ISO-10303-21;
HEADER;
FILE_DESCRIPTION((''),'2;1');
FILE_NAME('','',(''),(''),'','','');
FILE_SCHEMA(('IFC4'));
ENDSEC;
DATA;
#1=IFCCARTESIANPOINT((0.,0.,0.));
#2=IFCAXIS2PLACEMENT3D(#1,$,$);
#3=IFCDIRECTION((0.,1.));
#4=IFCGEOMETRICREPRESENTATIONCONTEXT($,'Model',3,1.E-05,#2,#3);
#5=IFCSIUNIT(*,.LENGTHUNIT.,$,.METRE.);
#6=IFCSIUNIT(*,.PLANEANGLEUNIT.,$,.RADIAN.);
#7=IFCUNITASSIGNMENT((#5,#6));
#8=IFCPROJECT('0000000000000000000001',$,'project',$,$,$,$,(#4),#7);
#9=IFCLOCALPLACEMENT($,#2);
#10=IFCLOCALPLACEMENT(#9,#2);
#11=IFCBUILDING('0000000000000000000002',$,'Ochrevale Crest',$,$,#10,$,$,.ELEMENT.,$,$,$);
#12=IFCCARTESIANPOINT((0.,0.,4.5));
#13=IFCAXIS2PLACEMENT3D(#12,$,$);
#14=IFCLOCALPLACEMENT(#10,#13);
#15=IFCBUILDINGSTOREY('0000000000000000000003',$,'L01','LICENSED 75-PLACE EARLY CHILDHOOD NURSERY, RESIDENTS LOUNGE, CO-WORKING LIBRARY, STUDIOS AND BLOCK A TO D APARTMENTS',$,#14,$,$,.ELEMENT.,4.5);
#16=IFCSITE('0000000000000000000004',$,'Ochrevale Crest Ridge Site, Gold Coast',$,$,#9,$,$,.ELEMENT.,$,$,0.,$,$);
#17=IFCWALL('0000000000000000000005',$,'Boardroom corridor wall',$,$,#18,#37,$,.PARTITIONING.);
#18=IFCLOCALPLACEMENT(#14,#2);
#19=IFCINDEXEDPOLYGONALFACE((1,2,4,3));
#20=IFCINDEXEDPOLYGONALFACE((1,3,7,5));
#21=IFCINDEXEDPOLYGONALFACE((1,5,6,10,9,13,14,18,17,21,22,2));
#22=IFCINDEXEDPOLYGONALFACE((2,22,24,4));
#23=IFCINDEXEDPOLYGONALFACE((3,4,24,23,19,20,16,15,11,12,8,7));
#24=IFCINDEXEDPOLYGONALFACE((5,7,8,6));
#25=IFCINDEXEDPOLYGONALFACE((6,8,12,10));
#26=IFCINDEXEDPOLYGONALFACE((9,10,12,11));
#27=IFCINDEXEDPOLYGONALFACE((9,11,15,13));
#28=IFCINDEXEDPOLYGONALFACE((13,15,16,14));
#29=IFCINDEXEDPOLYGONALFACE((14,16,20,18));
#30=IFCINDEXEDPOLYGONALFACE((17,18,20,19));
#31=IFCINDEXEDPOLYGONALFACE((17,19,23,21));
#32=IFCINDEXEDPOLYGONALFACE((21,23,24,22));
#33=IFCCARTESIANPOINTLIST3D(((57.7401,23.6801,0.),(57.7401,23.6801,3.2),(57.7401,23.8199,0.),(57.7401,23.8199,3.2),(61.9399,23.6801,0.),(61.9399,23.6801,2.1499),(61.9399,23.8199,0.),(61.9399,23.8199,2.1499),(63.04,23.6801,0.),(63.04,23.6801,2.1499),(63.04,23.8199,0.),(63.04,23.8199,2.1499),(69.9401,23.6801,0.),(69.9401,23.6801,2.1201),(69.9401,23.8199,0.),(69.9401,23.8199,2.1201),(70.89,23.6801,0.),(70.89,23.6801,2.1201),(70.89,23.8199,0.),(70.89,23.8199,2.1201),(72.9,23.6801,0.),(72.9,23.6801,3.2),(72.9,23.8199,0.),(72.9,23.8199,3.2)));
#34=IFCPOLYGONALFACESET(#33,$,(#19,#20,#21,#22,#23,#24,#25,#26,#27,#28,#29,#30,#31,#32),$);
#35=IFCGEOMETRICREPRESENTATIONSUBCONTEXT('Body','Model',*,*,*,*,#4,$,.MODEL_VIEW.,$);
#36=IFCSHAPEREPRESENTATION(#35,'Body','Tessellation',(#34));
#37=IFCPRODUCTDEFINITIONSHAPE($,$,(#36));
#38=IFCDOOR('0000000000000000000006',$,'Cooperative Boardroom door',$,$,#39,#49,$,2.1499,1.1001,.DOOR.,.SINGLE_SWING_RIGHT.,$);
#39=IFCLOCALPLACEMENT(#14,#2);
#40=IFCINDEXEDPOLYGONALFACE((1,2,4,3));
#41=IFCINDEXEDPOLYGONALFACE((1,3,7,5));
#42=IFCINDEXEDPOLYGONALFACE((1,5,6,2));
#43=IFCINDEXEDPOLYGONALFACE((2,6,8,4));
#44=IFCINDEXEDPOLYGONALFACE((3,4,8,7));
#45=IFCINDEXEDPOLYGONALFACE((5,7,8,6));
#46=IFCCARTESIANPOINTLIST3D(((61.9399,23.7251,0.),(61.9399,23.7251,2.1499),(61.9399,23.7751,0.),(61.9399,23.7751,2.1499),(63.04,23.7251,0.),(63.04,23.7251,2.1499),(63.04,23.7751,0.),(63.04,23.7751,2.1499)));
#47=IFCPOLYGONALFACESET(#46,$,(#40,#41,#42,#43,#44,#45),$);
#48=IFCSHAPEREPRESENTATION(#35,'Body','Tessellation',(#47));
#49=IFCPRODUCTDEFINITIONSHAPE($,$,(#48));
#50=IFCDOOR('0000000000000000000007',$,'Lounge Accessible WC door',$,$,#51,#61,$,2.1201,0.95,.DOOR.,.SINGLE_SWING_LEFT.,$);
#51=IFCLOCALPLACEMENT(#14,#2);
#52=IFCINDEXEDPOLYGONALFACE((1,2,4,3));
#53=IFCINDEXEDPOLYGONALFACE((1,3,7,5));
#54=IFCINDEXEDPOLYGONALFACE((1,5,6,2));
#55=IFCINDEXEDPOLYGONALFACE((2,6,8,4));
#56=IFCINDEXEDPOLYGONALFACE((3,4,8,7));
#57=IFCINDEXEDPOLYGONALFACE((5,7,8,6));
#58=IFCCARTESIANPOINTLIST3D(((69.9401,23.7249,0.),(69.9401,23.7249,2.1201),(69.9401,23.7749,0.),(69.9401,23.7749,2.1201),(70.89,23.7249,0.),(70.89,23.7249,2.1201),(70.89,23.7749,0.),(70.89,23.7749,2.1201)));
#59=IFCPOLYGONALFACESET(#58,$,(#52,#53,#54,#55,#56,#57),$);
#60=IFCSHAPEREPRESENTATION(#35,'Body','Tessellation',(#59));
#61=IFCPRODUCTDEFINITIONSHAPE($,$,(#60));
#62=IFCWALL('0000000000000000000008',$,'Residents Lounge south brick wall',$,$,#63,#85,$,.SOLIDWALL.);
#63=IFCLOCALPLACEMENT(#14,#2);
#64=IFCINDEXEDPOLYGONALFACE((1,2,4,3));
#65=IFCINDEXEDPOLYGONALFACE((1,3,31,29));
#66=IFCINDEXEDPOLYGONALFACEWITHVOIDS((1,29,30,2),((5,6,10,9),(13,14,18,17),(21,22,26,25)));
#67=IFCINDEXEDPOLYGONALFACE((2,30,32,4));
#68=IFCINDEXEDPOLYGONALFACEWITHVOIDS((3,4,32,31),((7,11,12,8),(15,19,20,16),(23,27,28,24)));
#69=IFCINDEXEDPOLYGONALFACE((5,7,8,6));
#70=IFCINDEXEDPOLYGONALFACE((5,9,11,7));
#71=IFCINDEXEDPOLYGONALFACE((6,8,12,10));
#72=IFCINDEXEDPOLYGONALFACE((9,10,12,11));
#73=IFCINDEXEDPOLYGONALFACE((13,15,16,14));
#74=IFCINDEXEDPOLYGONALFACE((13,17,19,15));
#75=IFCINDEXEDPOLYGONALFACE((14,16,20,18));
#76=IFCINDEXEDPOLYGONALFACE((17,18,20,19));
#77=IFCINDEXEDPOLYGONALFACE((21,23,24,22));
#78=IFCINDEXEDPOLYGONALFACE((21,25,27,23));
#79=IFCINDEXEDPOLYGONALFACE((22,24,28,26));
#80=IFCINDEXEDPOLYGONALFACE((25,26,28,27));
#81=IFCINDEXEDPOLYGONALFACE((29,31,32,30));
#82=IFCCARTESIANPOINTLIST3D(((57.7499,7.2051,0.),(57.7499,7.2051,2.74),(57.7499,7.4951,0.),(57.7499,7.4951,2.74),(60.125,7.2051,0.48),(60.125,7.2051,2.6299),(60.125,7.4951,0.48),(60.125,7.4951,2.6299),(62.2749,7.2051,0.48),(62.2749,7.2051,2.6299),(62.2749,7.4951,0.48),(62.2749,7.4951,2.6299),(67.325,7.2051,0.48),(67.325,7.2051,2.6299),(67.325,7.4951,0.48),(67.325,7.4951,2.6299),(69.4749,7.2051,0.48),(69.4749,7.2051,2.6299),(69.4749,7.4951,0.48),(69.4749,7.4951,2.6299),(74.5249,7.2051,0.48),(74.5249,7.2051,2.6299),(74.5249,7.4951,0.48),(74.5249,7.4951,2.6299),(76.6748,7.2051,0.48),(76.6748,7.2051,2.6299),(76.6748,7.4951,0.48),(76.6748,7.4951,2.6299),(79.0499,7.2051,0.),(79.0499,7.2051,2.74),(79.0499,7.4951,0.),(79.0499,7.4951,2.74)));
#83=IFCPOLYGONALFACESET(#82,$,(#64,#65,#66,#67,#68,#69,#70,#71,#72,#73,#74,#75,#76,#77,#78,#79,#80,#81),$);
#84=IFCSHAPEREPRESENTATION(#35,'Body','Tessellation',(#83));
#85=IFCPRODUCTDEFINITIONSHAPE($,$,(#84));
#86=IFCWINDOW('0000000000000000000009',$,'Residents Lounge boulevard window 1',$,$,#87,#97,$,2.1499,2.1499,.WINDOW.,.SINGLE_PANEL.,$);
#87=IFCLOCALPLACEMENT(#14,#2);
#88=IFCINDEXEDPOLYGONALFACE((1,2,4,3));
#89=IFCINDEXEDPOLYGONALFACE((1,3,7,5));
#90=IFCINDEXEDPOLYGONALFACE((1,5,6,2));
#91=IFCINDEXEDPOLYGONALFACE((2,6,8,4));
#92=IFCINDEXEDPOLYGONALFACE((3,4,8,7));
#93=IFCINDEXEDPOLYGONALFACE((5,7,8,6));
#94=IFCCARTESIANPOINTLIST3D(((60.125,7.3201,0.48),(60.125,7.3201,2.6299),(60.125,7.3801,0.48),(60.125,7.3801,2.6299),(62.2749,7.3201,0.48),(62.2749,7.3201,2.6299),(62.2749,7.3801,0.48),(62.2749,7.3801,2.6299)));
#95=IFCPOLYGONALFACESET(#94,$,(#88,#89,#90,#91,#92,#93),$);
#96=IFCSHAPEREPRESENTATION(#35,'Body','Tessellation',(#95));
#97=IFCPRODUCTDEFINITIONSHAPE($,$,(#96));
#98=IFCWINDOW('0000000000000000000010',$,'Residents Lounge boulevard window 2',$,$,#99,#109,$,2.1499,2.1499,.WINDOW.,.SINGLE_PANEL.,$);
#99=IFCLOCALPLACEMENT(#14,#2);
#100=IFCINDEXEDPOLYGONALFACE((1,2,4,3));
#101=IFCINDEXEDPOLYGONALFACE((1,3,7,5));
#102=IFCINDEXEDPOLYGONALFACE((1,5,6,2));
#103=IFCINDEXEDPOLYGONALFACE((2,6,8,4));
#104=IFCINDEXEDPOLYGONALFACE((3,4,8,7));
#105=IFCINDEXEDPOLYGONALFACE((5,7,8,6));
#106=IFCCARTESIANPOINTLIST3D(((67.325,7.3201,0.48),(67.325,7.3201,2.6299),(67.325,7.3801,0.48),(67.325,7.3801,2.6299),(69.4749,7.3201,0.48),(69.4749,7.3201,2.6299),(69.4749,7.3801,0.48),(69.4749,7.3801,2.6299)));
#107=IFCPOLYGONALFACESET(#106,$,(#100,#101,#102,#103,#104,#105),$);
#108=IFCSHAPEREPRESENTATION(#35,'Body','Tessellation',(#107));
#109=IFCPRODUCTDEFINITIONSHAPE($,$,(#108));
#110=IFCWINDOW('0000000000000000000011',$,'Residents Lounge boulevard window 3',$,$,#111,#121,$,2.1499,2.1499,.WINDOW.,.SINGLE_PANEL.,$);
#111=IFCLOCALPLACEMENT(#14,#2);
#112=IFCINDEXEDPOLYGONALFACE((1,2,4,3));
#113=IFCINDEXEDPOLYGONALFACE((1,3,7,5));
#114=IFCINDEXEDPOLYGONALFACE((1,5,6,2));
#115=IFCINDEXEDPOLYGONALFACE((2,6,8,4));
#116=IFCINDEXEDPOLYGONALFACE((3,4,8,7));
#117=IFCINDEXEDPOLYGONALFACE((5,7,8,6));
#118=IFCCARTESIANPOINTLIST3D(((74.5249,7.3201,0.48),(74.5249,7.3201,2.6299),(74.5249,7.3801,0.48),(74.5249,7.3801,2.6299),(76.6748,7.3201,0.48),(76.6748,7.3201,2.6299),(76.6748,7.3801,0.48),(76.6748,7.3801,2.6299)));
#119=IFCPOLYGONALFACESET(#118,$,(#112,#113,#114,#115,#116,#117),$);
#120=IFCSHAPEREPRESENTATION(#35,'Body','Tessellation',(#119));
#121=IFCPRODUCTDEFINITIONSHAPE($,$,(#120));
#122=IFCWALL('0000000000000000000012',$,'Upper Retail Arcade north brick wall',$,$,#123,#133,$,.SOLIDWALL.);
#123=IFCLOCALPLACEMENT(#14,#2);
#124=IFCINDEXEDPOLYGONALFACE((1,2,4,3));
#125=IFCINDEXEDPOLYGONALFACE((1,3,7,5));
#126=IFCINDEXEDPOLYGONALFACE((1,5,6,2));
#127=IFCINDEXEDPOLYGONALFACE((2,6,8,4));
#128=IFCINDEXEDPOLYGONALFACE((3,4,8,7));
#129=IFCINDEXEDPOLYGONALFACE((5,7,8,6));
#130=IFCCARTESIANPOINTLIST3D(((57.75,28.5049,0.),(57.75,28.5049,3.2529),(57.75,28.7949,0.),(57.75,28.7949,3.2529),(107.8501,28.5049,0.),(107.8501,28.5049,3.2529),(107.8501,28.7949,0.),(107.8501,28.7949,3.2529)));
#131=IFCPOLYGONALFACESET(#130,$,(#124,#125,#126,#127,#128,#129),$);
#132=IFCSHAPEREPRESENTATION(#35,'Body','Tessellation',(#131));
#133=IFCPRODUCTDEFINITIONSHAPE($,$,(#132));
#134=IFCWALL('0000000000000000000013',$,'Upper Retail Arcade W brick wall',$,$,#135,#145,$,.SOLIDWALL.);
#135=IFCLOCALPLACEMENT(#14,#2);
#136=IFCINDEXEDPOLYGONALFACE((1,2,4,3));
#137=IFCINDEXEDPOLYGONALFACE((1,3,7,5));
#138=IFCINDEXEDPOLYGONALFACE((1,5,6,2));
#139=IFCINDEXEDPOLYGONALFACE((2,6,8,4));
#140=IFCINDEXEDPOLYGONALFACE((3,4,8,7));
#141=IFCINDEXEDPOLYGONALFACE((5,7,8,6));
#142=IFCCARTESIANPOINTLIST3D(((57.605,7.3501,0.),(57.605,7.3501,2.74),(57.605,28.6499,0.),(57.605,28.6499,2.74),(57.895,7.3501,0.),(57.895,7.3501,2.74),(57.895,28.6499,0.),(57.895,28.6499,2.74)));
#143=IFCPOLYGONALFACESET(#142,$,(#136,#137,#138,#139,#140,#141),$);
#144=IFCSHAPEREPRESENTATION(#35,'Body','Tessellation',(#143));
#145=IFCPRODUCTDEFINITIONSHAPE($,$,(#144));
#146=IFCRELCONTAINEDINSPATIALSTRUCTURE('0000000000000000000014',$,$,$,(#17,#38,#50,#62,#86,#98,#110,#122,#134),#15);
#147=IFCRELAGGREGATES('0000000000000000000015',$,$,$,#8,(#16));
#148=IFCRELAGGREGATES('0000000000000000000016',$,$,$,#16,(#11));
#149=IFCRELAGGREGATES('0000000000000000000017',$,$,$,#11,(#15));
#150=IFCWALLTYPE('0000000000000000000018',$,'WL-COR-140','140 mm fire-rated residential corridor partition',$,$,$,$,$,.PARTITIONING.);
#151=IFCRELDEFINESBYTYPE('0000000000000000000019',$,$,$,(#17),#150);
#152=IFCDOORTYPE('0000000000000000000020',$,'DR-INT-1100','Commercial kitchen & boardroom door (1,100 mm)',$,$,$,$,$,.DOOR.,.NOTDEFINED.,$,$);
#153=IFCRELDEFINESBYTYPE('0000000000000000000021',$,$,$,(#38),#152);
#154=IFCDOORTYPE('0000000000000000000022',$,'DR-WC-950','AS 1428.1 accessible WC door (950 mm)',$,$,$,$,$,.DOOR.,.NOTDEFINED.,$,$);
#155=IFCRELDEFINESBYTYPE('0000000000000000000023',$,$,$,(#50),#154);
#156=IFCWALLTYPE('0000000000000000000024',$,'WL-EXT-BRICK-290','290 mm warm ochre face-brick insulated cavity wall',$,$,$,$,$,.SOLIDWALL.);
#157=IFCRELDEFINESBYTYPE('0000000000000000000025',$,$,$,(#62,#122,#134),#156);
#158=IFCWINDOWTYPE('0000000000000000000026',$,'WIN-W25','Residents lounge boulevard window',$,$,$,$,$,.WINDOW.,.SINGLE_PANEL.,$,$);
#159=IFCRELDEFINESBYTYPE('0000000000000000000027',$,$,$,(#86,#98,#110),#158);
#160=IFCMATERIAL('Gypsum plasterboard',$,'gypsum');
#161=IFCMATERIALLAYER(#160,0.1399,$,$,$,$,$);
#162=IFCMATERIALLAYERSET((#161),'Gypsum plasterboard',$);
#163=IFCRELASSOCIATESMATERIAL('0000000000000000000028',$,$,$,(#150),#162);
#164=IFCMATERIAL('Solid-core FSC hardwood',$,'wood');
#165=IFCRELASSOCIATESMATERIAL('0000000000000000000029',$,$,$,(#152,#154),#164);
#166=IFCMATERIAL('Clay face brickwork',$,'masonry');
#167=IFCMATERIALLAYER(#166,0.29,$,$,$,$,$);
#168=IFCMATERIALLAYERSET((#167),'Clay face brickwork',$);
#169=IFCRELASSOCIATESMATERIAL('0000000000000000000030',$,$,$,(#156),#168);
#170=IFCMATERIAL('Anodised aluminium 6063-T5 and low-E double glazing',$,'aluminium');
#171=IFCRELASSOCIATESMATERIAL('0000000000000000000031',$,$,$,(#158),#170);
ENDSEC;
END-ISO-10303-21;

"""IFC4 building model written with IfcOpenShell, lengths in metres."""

from ifc_helpers import new_model, si_unit, direction, frame, frame_2d, origin, place, context, subcontext, project, spatial, rectangle, extrude, material, layer, layer_set, type_object, element, fill, save


model = new_model("IFC4")

# Units and contexts
model_context = context("Model", 3, precision=1e-05, world=origin(), true_north=direction((0.0, 1.0)))
body_context = subcontext(model_context, "Body", "Model", "MODEL_VIEW")
ifc_project = project(units=[si_unit("LENGTHUNIT", "METRE"), si_unit("PLANEANGLEUNIT", "RADIAN")], contexts=[model_context])

# Site, building, storey
site_placement = place(None, origin())
site = spatial("IfcSite", under=ifc_project, at=site_placement, Name="Ochrevale Crest Ridge Site, Gold Coast", CompositionType="ELEMENT", RefElevation=0.0)
building_placement = place(site_placement, origin())
building = spatial("IfcBuilding", under=site, at=building_placement, Name="Ochrevale Crest", CompositionType="ELEMENT")
storey_placement = place(building_placement, frame((0.0, 0.0, 4.5)))
storey = spatial("IfcBuildingStorey", under=building, at=storey_placement, Name="L01", Description="LICENSED 75-PLACE EARLY CHILDHOOD NURSERY, RESIDENTS LOUNGE, CO-WORKING LIBRARY, STUDIOS AND BLOCK A TO D APARTMENTS", CompositionType="ELEMENT", Elevation=4.5)

# Shared definitions
ifc_material_1 = material(Name="Gypsum plasterboard", Category="gypsum")
ifc_layer_1 = layer(ifc_material_1, 0.1399)
ifc_layer_set_1 = layer_set([ifc_layer_1], Name="Gypsum plasterboard")
wall_type_1 = type_object("IfcWallType", Name="WL-COR-140", Description="140 mm fire-rated residential corridor partition", PredefinedType="PARTITIONING", material=ifc_layer_set_1)
ifc_material_2 = material(Name="Solid-core FSC hardwood", Category="wood")

# Wall, openings, doors
wall_1_placement = place(storey_placement, frame((57.74, 23.75, 0.0), z_axis=(0.0, 0.0, 1.0), x_axis=(1.0, 0.0, 0.0)))
wall_1 = element("IfcWall", 1, at=wall_1_placement, inside=storey, type_object=wall_type_1, Name="Boardroom corridor wall", PredefinedType="PARTITIONING", context=body_context, shape_type="SweptSolid", body=[
    extrude(rectangle(XDim=15.1599, YDim=0.1399, at=frame_2d((7.5801, 0.0))), origin(), (0.0, 0.0, 1.0), 3.2),
])
opening_1_placement = place(wall_1_placement, frame((5.3, 0.0, 0.0), z_axis=(0.0, 0.0, 1.0), x_axis=(-1.0, 0.0, 0.0)))
opening_1 = element("IfcOpeningElement", 2, at=opening_1_placement, cuts=wall_1, PredefinedType="OPENING", context=body_context, shape_type="SweptSolid", body=[
    extrude(rectangle(XDim=1.1001, YDim=2.1499, at=frame_2d((0.55, 1.075))), frame((0.0, 0.0801, 0.0), z_axis=(0.0, -1.0, 0.0), x_axis=(1.0, 0.0, 0.0)), (0.0, 0.0, 1.0), 0.1599),
])
opening_2_placement = place(wall_1_placement, frame((12.2, 0.0, 0.0)))
opening_2 = element("IfcOpeningElement", 3, at=opening_2_placement, cuts=wall_1, PredefinedType="OPENING", context=body_context, shape_type="SweptSolid", body=[
    extrude(rectangle(XDim=0.95, YDim=2.1201, at=frame_2d((0.4751, 1.0601))), frame((0.0, 0.0801, 0.0), z_axis=(0.0, -1.0, 0.0), x_axis=(1.0, 0.0, 0.0)), (0.0, 0.0, 1.0), 0.1599),
])
door_type_1 = type_object("IfcDoorType", Name="DR-INT-1100", Description="Commercial kitchen & boardroom door (1,100 mm)", OperationType="NOTDEFINED", PredefinedType="DOOR", material=ifc_material_2)
door_1_placement = place(opening_1_placement, origin())
door_1 = element("IfcDoor", 4, at=door_1_placement, inside=storey, type_object=door_type_1, Name="Cooperative Boardroom door", OperationType="SINGLE_SWING_RIGHT", OverallHeight=2.1499, OverallWidth=1.1001, PredefinedType="DOOR", context=body_context, shape_type="SweptSolid", body=[
    extrude(rectangle(XDim=1.1001, YDim=2.1499, at=frame_2d((0.55, 1.075))), frame((0.0, 0.0249, 0.0), z_axis=(0.0, -1.0, 0.0), x_axis=(1.0, 0.0, 0.0)), (0.0, 0.0, 1.0), 0.05),
])
fill(opening_1, door_1)
door_type_2 = type_object("IfcDoorType", Name="DR-WC-950", Description="AS 1428.1 accessible WC door (950 mm)", OperationType="NOTDEFINED", PredefinedType="DOOR", material=ifc_material_2)
door_2_placement = place(opening_2_placement, origin())
door_2 = element("IfcDoor", 5, at=door_2_placement, inside=storey, type_object=door_type_2, Name="Lounge Accessible WC door", OperationType="SINGLE_SWING_LEFT", OverallHeight=2.1201, OverallWidth=0.95, PredefinedType="DOOR", context=body_context, shape_type="SweptSolid", body=[
    extrude(rectangle(XDim=0.95, YDim=2.1201, at=frame_2d((0.4751, 1.0601))), frame((0.0, 0.0249, 0.0), z_axis=(0.0, -1.0, 0.0), x_axis=(1.0, 0.0, 0.0)), (0.0, 0.0, 1.0), 0.05),
])
fill(opening_2, door_2)

# Wall, openings, windows
ifc_material_3 = material(Name="Clay face brickwork", Category="masonry")
ifc_layer_2 = layer(ifc_material_3, 0.29)
ifc_layer_set_2 = layer_set([ifc_layer_2], Name="Clay face brickwork")
wall_type_2 = type_object("IfcWallType", Name="WL-EXT-BRICK-290", Description="290 mm warm ochre face-brick insulated cavity wall", PredefinedType="SOLIDWALL", material=ifc_layer_set_2)
wall_2_placement = place(storey_placement, frame((57.75, 7.3501, 0.0), z_axis=(0.0, 0.0, 1.0), x_axis=(1.0, 0.0, 0.0)))
wall_2 = element("IfcWall", 6, at=wall_2_placement, inside=storey, type_object=wall_type_2, Name="Residents Lounge south brick wall", PredefinedType="SOLIDWALL", context=body_context, shape_type="SweptSolid", body=[
    extrude(rectangle(XDim=21.3, YDim=0.29, at=frame_2d((10.6499, 0.0))), origin(), (0.0, 0.0, 1.0), 2.74),
])
opening_3_placement = place(wall_2_placement, frame((2.375, 0.0, 0.48)))
opening_3 = element("IfcOpeningElement", 7, at=opening_3_placement, cuts=wall_2, PredefinedType="OPENING", context=body_context, shape_type="SweptSolid", body=[
    extrude(rectangle(XDim=2.1499, YDim=2.1499, at=frame_2d((1.075, 1.075))), frame((0.0, 0.155, 0.0), z_axis=(0.0, -1.0, 0.0), x_axis=(1.0, 0.0, 0.0)), (0.0, 0.0, 1.0), 0.3101),
])
opening_4_placement = place(wall_2_placement, frame((9.575, 0.0, 0.48)))
opening_4 = element("IfcOpeningElement", 8, at=opening_4_placement, cuts=wall_2, PredefinedType="OPENING", context=body_context, shape_type="SweptSolid", body=[
    extrude(rectangle(XDim=2.1499, YDim=2.1499, at=frame_2d((1.075, 1.075))), frame((0.0, 0.155, 0.0), z_axis=(0.0, -1.0, 0.0), x_axis=(1.0, 0.0, 0.0)), (0.0, 0.0, 1.0), 0.3101),
])
opening_5_placement = place(wall_2_placement, frame((16.7749, 0.0, 0.48)))
opening_5 = element("IfcOpeningElement", 9, at=opening_5_placement, cuts=wall_2, PredefinedType="OPENING", context=body_context, shape_type="SweptSolid", body=[
    extrude(rectangle(XDim=2.1499, YDim=2.1499, at=frame_2d((1.075, 1.075))), frame((0.0, 0.155, 0.0), z_axis=(0.0, -1.0, 0.0), x_axis=(1.0, 0.0, 0.0)), (0.0, 0.0, 1.0), 0.3101),
])
ifc_material_4 = material(Name="Anodised aluminium 6063-T5 and low-E double glazing", Category="aluminium")
window_type = type_object("IfcWindowType", Name="WIN-W25", Description="Residents lounge boulevard window", PartitioningType="SINGLE_PANEL", PredefinedType="WINDOW", material=ifc_material_4)
window_1_placement = place(opening_3_placement, origin())
window_1 = element("IfcWindow", 10, at=window_1_placement, inside=storey, type_object=window_type, Name="Residents Lounge boulevard window 1", OverallHeight=2.1499, OverallWidth=2.1499, PartitioningType="SINGLE_PANEL", PredefinedType="WINDOW", context=body_context, shape_type="SweptSolid", body=[
    extrude(rectangle(XDim=2.1499, YDim=2.1499, at=frame_2d((1.075, 1.075))), frame((0.0, 0.03, 0.0), z_axis=(0.0, -1.0, 0.0), x_axis=(1.0, 0.0, 0.0)), (0.0, 0.0, 1.0), 0.0601),
])
fill(opening_3, window_1)
window_2_placement = place(opening_4_placement, origin())
window_2 = element("IfcWindow", 11, at=window_2_placement, inside=storey, type_object=window_type, Name="Residents Lounge boulevard window 2", OverallHeight=2.1499, OverallWidth=2.1499, PartitioningType="SINGLE_PANEL", PredefinedType="WINDOW", context=body_context, shape_type="SweptSolid", body=[
    extrude(rectangle(XDim=2.1499, YDim=2.1499, at=frame_2d((1.075, 1.075))), frame((0.0, 0.03, 0.0), z_axis=(0.0, -1.0, 0.0), x_axis=(1.0, 0.0, 0.0)), (0.0, 0.0, 1.0), 0.0601),
])
fill(opening_4, window_2)
window_3_placement = place(opening_5_placement, origin())
window_3 = element("IfcWindow", 12, at=window_3_placement, inside=storey, type_object=window_type, Name="Residents Lounge boulevard window 3", OverallHeight=2.1499, OverallWidth=2.1499, PartitioningType="SINGLE_PANEL", PredefinedType="WINDOW", context=body_context, shape_type="SweptSolid", body=[
    extrude(rectangle(XDim=2.1499, YDim=2.1499, at=frame_2d((1.075, 1.075))), frame((0.0, 0.03, 0.0), z_axis=(0.0, -1.0, 0.0), x_axis=(1.0, 0.0, 0.0)), (0.0, 0.0, 1.0), 0.0601),
])
fill(opening_5, window_3)

# Walls
wall_3_placement = place(storey_placement, frame((57.75, 28.6499, 0.0), z_axis=(0.0, 0.0, 1.0), x_axis=(1.0, 0.0, 0.0)))
element("IfcWall", 13, at=wall_3_placement, inside=storey, type_object=wall_type_2, Name="Upper Retail Arcade north brick wall", PredefinedType="SOLIDWALL", context=body_context, shape_type="SweptSolid", body=[
    extrude(rectangle(XDim=50.1001, YDim=0.29, at=frame_2d((25.05, 0.0))), origin(), (0.0, 0.0, 1.0), 3.2529),
])
wall_4_placement = place(storey_placement, frame((57.75, 7.3501, 0.0), z_axis=(0.0, 0.0, 1.0), x_axis=(0.0, 1.0, 0.0)))
element("IfcWall", 14, at=wall_4_placement, inside=storey, type_object=wall_type_2, Name="Upper Retail Arcade W brick wall", PredefinedType="SOLIDWALL", context=body_context, shape_type="SweptSolid", body=[
    extrude(rectangle(XDim=21.2998, YDim=0.29, at=frame_2d((10.6499, 0.0))), origin(), (0.0, 0.0, 1.0), 2.74),
])

save(model, "model.ifc")
